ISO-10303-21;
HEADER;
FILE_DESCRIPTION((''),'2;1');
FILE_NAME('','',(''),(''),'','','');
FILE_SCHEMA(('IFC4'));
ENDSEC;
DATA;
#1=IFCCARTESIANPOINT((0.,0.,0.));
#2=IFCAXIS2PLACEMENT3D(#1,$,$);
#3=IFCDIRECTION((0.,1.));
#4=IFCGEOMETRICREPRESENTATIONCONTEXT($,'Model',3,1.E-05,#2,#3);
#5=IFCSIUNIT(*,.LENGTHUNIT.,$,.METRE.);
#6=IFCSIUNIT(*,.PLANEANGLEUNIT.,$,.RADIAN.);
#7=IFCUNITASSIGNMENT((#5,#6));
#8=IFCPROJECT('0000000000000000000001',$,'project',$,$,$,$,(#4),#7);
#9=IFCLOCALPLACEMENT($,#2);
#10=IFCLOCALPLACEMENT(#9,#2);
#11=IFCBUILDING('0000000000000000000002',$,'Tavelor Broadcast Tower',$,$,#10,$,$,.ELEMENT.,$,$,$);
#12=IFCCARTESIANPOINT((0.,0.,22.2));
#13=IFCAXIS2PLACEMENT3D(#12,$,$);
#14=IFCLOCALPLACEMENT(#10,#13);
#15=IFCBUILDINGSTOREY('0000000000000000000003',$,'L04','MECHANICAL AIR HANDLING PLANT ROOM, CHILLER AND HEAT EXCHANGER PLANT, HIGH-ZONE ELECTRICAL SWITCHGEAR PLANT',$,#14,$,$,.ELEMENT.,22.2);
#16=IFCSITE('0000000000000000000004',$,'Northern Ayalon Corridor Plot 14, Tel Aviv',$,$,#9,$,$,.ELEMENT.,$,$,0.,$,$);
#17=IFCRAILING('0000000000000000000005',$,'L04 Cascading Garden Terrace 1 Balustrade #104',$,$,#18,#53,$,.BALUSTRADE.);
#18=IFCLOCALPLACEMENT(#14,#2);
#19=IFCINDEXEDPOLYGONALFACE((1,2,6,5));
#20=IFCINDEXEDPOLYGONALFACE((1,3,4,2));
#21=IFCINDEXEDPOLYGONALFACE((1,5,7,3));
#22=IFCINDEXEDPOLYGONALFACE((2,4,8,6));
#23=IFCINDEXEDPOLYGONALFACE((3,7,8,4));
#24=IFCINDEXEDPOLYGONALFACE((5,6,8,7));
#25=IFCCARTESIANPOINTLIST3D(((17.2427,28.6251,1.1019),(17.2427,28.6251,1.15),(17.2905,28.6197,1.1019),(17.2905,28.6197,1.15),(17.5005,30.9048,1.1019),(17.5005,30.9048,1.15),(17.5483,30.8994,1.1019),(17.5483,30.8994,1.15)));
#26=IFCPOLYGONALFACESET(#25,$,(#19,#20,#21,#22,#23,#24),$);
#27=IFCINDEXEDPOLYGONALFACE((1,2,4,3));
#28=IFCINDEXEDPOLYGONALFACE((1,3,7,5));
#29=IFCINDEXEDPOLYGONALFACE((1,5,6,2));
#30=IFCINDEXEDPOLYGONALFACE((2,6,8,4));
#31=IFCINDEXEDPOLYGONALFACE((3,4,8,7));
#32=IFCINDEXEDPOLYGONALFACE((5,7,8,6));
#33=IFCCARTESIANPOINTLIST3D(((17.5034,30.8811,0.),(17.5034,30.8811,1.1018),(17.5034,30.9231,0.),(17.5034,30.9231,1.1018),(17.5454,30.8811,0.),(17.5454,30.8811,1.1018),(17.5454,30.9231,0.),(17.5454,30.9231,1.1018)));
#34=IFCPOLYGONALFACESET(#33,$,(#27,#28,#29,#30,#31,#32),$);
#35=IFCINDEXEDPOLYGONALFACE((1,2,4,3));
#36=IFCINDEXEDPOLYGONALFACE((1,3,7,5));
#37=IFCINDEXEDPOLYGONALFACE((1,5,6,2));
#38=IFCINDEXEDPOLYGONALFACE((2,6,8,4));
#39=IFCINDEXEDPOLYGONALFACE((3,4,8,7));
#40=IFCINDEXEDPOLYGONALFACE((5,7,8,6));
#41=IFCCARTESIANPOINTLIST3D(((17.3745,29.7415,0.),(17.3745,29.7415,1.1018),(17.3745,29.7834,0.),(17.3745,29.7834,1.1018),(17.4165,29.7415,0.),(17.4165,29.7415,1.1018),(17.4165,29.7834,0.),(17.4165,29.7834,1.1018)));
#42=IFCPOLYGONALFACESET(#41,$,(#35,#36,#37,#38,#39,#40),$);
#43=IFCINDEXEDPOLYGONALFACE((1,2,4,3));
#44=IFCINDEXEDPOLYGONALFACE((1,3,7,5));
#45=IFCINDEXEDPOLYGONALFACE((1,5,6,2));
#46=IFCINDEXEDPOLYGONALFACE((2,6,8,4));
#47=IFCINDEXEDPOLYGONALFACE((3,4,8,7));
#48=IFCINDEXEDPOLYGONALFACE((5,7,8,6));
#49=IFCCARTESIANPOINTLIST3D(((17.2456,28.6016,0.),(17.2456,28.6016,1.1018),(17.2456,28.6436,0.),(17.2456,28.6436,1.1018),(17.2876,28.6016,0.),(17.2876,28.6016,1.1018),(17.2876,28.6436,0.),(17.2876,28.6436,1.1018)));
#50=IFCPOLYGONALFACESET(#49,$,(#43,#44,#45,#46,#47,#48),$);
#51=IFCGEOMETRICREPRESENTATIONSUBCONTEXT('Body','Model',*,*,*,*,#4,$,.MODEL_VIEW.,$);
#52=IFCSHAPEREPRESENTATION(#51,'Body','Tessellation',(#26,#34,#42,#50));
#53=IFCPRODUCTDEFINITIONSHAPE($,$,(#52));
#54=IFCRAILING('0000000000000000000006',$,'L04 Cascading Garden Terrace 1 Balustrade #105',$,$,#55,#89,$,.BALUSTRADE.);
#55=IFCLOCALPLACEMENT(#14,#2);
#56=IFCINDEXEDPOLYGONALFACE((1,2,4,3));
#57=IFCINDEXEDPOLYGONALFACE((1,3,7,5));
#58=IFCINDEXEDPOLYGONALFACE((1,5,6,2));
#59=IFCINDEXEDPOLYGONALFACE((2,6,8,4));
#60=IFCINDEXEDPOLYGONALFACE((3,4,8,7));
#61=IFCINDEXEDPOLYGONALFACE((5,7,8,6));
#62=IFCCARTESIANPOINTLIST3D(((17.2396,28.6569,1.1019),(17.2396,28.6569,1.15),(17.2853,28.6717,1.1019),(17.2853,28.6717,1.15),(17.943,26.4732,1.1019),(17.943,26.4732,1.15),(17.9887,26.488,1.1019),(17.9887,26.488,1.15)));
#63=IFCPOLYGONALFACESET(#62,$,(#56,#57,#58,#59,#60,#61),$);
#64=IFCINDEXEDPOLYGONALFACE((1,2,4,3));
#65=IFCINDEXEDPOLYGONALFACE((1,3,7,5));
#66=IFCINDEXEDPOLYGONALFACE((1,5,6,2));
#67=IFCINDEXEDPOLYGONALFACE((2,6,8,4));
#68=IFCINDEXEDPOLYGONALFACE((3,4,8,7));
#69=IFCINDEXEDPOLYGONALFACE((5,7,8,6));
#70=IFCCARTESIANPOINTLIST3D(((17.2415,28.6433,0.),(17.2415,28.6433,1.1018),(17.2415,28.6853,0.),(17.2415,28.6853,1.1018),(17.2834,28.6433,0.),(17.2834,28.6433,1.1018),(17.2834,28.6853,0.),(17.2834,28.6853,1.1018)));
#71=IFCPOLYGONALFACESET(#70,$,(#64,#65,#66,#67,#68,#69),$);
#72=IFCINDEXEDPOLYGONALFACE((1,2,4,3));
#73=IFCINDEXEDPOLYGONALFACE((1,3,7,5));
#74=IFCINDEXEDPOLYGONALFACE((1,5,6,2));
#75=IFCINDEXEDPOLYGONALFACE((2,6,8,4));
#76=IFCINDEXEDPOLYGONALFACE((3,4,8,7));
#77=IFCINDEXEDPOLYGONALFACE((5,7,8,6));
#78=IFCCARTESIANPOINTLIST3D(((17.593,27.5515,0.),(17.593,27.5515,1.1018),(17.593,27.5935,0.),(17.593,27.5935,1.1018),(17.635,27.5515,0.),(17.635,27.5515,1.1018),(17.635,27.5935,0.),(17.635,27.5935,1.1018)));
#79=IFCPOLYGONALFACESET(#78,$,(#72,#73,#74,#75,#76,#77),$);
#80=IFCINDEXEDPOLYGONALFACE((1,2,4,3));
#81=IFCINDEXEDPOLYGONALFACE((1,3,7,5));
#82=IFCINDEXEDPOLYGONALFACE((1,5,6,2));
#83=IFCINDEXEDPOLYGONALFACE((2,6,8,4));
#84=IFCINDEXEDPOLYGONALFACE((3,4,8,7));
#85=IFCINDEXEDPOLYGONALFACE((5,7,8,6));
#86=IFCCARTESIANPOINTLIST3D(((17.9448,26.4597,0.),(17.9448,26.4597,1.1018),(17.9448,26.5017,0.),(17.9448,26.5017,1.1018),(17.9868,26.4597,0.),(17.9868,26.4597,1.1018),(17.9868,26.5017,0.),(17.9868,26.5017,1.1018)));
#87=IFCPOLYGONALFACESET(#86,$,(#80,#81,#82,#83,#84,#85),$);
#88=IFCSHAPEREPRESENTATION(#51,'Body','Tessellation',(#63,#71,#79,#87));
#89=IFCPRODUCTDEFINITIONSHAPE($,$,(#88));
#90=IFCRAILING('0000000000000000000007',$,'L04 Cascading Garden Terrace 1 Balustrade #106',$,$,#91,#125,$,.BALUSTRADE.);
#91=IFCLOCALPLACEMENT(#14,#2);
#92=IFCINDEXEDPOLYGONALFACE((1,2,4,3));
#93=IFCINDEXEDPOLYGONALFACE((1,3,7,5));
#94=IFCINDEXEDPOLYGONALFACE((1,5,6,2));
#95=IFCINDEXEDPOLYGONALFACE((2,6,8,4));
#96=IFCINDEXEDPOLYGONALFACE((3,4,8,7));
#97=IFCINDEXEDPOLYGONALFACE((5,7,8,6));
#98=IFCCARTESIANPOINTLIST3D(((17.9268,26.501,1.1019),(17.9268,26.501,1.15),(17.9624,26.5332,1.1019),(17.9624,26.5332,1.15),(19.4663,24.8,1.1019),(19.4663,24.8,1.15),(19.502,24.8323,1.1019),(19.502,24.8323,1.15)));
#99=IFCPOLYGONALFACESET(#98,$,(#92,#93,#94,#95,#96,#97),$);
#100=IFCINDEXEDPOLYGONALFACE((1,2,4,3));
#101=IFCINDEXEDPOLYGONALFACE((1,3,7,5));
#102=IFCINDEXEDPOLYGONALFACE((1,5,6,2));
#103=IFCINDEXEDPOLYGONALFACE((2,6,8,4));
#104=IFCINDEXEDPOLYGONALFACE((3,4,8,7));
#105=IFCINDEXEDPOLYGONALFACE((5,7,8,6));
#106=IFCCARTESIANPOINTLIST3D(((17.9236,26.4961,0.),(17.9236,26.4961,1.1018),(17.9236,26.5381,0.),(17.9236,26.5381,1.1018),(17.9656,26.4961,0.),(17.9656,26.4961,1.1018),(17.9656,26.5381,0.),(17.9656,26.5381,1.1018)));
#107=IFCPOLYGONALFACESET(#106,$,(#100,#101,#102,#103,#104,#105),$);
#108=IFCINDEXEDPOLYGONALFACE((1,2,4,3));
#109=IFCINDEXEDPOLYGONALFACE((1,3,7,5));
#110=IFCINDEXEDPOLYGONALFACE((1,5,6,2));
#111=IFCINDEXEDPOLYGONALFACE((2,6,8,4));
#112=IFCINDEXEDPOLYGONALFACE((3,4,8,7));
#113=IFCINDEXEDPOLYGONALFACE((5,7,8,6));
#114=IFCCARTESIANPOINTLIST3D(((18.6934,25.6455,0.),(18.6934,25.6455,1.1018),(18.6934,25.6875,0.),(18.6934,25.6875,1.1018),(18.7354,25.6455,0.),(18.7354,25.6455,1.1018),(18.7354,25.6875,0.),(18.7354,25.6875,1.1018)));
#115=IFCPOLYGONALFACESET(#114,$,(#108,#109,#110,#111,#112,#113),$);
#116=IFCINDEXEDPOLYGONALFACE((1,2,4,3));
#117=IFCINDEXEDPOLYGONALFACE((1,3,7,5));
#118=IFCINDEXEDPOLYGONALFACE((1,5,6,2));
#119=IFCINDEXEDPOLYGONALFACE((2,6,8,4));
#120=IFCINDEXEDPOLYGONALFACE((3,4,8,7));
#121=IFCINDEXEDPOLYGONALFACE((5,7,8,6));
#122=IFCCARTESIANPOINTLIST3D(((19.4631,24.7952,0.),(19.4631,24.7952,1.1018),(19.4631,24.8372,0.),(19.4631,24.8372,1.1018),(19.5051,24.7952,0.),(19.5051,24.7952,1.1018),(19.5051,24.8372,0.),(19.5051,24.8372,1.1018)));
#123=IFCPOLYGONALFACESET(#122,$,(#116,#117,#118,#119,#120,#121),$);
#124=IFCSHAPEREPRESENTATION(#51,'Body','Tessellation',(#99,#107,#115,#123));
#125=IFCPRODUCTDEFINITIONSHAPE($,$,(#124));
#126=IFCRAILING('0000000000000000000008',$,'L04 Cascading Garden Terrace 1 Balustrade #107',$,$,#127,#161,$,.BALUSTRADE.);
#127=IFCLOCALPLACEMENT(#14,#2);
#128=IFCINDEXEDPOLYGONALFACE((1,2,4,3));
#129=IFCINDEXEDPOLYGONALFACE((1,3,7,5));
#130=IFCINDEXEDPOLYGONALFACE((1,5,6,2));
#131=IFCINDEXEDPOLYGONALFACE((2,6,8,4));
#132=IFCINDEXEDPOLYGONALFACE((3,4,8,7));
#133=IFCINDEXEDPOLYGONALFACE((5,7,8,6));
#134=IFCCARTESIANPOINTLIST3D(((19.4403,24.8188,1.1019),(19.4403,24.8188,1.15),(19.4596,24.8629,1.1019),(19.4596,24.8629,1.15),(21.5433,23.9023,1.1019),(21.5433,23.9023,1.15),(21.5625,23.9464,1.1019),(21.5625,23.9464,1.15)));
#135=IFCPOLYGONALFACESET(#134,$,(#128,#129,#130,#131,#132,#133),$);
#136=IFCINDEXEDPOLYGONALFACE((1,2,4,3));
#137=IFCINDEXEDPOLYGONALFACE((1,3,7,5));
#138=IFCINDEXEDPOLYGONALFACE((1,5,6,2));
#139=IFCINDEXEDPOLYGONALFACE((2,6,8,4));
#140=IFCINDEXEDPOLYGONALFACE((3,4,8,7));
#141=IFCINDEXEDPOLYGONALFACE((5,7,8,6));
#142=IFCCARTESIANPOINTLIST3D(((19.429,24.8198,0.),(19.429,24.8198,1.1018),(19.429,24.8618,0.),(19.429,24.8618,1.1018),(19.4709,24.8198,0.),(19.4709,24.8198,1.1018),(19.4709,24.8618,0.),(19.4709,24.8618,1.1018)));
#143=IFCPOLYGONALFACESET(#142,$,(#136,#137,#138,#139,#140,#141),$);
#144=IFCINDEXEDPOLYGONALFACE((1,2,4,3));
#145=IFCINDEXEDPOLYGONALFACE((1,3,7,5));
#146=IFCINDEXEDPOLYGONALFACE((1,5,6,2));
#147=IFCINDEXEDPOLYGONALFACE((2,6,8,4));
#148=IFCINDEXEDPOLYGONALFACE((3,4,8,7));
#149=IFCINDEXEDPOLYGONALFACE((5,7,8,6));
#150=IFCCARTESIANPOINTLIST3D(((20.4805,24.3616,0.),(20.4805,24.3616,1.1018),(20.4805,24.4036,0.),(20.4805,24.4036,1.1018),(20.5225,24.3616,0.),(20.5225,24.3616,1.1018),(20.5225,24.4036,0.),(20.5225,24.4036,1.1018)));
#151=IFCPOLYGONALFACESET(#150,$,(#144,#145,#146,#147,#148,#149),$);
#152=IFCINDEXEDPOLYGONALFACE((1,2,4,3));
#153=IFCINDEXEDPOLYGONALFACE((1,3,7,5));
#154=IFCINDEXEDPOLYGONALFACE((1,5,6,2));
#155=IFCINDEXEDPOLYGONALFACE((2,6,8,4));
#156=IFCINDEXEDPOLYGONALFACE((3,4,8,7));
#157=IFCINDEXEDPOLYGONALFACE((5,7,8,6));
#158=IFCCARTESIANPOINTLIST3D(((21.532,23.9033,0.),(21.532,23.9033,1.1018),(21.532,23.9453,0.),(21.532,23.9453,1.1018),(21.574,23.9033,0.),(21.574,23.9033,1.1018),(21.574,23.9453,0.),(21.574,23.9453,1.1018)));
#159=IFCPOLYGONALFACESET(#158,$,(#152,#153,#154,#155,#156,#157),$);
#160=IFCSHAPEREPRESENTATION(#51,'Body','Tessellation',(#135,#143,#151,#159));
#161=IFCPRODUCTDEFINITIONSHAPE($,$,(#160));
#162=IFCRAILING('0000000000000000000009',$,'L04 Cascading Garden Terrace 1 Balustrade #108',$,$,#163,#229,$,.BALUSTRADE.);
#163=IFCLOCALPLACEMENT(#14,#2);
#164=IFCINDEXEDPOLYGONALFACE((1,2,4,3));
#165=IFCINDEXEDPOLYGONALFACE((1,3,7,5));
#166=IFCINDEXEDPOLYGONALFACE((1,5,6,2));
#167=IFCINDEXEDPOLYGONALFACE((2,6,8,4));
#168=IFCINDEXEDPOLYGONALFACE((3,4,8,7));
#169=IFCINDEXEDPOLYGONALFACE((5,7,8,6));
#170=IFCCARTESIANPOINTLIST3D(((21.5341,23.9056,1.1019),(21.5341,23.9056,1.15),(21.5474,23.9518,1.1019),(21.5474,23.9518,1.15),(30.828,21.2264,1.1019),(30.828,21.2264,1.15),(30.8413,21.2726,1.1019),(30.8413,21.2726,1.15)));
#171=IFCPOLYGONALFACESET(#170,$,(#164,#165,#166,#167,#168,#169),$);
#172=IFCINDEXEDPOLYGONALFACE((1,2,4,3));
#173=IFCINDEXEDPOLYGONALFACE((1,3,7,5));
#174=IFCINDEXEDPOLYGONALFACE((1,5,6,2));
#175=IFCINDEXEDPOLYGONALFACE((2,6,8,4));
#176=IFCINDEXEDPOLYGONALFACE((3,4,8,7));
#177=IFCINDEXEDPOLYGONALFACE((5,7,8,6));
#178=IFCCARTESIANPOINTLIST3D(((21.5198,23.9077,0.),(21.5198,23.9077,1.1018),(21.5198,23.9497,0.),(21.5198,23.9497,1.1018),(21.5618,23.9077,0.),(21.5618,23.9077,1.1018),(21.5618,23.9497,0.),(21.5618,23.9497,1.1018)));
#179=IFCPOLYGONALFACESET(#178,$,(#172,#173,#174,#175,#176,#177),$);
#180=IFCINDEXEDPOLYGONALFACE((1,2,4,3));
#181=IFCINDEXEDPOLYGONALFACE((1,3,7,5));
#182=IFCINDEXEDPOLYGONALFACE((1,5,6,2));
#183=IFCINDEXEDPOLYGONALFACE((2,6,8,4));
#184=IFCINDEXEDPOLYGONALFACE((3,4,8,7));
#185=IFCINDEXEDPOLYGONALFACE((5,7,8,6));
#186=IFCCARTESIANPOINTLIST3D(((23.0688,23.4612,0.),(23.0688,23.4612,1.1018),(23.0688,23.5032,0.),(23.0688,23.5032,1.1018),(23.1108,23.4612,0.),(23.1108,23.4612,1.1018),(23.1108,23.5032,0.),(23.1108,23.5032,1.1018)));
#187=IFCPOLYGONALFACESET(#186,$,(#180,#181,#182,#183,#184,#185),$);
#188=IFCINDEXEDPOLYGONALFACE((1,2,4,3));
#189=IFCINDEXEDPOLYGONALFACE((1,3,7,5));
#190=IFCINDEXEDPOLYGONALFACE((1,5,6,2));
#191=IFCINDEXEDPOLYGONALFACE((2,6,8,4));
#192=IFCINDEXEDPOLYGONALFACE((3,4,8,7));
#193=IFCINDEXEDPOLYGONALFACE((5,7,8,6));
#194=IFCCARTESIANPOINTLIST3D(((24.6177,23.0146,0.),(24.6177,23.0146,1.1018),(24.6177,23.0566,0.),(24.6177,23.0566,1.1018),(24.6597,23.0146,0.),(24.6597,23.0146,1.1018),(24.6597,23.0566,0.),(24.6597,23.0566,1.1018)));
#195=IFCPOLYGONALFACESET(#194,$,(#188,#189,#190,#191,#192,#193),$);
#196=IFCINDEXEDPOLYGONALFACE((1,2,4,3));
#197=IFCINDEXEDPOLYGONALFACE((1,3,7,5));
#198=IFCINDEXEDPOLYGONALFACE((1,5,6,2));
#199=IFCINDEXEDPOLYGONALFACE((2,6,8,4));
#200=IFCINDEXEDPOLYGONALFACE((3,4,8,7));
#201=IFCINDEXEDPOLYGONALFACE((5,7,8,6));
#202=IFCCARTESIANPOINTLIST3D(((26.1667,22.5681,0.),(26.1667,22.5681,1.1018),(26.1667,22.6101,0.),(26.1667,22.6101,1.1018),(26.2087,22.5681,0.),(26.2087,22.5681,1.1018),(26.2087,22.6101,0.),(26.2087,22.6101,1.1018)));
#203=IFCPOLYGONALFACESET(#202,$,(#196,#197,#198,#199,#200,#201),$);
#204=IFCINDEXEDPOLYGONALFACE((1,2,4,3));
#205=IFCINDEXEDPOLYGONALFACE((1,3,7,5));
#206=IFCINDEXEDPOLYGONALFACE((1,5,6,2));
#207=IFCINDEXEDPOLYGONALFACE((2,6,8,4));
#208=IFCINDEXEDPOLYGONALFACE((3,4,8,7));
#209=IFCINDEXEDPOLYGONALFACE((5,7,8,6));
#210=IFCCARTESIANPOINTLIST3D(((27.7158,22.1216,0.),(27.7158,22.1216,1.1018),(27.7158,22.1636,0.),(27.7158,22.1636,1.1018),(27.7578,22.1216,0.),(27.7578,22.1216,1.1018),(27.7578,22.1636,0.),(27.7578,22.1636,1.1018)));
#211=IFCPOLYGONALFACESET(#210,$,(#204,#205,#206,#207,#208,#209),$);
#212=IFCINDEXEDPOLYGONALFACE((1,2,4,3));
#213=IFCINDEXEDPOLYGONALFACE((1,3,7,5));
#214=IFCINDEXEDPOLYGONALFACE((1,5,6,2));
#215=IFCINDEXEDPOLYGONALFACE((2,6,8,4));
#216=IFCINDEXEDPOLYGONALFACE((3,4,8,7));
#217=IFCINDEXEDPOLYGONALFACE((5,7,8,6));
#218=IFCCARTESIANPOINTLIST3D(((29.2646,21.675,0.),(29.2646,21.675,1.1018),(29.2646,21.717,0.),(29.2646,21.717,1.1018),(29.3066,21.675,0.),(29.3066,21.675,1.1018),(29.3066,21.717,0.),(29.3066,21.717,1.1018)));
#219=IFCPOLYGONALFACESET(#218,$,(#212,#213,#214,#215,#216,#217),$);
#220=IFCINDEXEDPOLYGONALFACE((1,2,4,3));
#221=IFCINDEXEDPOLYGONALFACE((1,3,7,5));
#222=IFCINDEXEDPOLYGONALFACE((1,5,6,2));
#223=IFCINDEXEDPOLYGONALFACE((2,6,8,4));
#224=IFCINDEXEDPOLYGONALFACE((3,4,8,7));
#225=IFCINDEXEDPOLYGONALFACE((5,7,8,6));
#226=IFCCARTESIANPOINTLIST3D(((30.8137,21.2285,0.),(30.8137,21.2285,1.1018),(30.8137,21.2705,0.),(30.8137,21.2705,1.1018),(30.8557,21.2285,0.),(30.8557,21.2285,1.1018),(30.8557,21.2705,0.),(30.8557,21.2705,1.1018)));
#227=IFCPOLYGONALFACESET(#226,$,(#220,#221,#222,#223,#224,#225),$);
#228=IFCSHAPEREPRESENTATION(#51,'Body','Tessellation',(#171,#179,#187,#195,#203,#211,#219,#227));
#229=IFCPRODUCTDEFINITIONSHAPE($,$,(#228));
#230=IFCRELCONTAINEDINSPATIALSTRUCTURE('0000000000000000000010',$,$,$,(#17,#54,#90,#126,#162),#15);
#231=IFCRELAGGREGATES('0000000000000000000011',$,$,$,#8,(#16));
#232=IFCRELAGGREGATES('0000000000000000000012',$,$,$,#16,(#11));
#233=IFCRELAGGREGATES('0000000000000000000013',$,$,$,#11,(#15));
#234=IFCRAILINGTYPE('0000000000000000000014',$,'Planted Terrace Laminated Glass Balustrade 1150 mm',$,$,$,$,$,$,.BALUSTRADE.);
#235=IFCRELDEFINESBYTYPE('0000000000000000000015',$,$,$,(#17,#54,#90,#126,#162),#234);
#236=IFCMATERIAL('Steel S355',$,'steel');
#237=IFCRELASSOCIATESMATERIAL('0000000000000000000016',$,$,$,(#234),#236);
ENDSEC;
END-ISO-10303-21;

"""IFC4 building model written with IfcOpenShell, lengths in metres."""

from ifc_helpers import new_model, si_unit, direction, frame, origin, origin_2d, place, context, subcontext, project, spatial, rectangle, extrude, material, type_object, element, save


model = new_model("IFC4")

# Units and contexts
model_context = context("Model", 3, precision=1e-05, world=origin(), true_north=direction((0.0, 1.0)))
body_context = subcontext(model_context, "Body", "Model", "MODEL_VIEW")
ifc_project = project(units=[si_unit("LENGTHUNIT", "METRE"), si_unit("PLANEANGLEUNIT", "RADIAN")], contexts=[model_context])

# Site, building, storey
site_placement = place(None, origin())
site = spatial("IfcSite", under=ifc_project, at=site_placement, Name="Northern Ayalon Corridor Plot 14, Tel Aviv", CompositionType="ELEMENT", RefElevation=0.0)
building_placement = place(site_placement, origin())
building = spatial("IfcBuilding", under=site, at=building_placement, Name="Tavelor Broadcast Tower", CompositionType="ELEMENT")
storey_placement = place(building_placement, frame((0.0, 0.0, 22.2)))
storey = spatial("IfcBuildingStorey", under=building, at=storey_placement, Name="L04", Description="MECHANICAL AIR HANDLING PLANT ROOM, CHILLER AND HEAT EXCHANGER PLANT, HIGH-ZONE ELECTRICAL SWITCHGEAR PLANT", CompositionType="ELEMENT", Elevation=22.2)

# Railings
ifc_material_1 = material(Name="Steel S355", Category="steel")
railing_type = type_object("IfcRailingType", Name="Planted Terrace Laminated Glass Balustrade 1150 mm", PredefinedType="BALUSTRADE", material=ifc_material_1)
railing_1_placement = place(storey_placement, frame((17.5244, 30.9021, 0.0)))
element("IfcRailing", 1, at=railing_1_placement, inside=storey, type_object=railing_type, Name="L04 Cascading Garden Terrace 1 Balustrade #104", PredefinedType="BALUSTRADE", context=body_context, shape_type="SweptSolid", body=[
    extrude(rectangle(XDim=0.0481, YDim=0.0481, at=origin_2d()), frame((0.0, 0.0, 1.126), z_axis=(-0.112382, -0.993665, 0.0), x_axis=(0.993665, -0.112382, 0.0)), (0.0, 0.0, 1.0), 2.2942),
    extrude(rectangle(XDim=0.042, YDim=0.042, at=origin_2d()), origin(), (0.0, 0.0, 1.0), 1.1018),
    extrude(rectangle(XDim=0.042, YDim=0.042, at=origin_2d()), frame((-0.1289, -1.1396, 0.0)), (0.0, 0.0, 1.0), 1.1018),
    extrude(rectangle(XDim=0.042, YDim=0.042, at=origin_2d()), frame((-0.2578, -2.2795, 0.0)), (0.0, 0.0, 1.0), 1.1018),
])
railing_2_placement = place(storey_placement, frame((17.2625, 28.6643, 0.0)))
element("IfcRailing", 2, at=railing_2_placement, inside=storey, type_object=railing_type, Name="L04 Cascading Garden Terrace 1 Balustrade #105", PredefinedType="BALUSTRADE", context=body_context, shape_type="SweptSolid", body=[
    extrude(rectangle(XDim=0.0481, YDim=0.0481, at=origin_2d()), frame((0.0, 0.0, 1.126), z_axis=(0.306602, -0.951838, 0.0), x_axis=(0.951838, 0.306602, 0.0)), (0.0, 0.0, 1.0), 2.2942),
    extrude(rectangle(XDim=0.042, YDim=0.042, at=origin_2d()), origin(), (0.0, 0.0, 1.0), 1.1018),
    extrude(rectangle(XDim=0.042, YDim=0.042, at=origin_2d()), frame((0.3516, -1.0918, 0.0)), (0.0, 0.0, 1.0), 1.1018),
    extrude(rectangle(XDim=0.042, YDim=0.042, at=origin_2d()), frame((0.7034, -2.1836, 0.0)), (0.0, 0.0, 1.0), 1.1018),
])
railing_3_placement = place(storey_placement, frame((17.9446, 26.5171, 0.0)))
element("IfcRailing", 3, at=railing_3_placement, inside=storey, type_object=railing_type, Name="L04 Cascading Garden Terrace 1 Balustrade #106", PredefinedType="BALUSTRADE", context=body_context, shape_type="SweptSolid", body=[
    extrude(rectangle(XDim=0.0481, YDim=0.0481, at=origin_2d()), frame((0.0, 0.0, 1.126), z_axis=(0.671061, -0.741402, 0.0), x_axis=(0.741402, 0.671061, 0.0)), (0.0, 0.0, 1.0), 2.2942),
    extrude(rectangle(XDim=0.042, YDim=0.042, at=origin_2d()), origin(), (0.0, 0.0, 1.0), 1.1018),
    extrude(rectangle(XDim=0.042, YDim=0.042, at=origin_2d()), frame((0.7698, -0.8506, 0.0)), (0.0, 0.0, 1.0), 1.1018),
    extrude(rectangle(XDim=0.042, YDim=0.042, at=origin_2d()), frame((1.5396, -1.7009, 0.0)), (0.0, 0.0, 1.0), 1.1018),
])
railing_4_placement = place(storey_placement, frame((19.45, 24.8408, 0.0)))
element("IfcRailing", 4, at=railing_4_placement, inside=storey, type_object=railing_type, Name="L04 Cascading Garden Terrace 1 Balustrade #107", PredefinedType="BALUSTRADE", context=body_context, shape_type="SweptSolid", body=[
    extrude(rectangle(XDim=0.0481, YDim=0.0481, at=origin_2d()), frame((0.0, 0.0, 1.126), z_axis=(0.916728, -0.399512, 0.0), x_axis=(0.399512, 0.916728, 0.0)), (0.0, 0.0, 1.0), 2.2939),
    extrude(rectangle(XDim=0.042, YDim=0.042, at=origin_2d()), origin(), (0.0, 0.0, 1.0), 1.1018),
    extrude(rectangle(XDim=0.042, YDim=0.042, at=origin_2d()), frame((1.0515, -0.4583, 0.0)), (0.0, 0.0, 1.0), 1.1018),
    extrude(rectangle(XDim=0.042, YDim=0.042, at=origin_2d()), frame((2.103, -0.9165, 0.0)), (0.0, 0.0, 1.0), 1.1018),
])
railing_5_placement = place(storey_placement, frame((21.5408, 23.9287, 0.0)))
element("IfcRailing", 5, at=railing_5_placement, inside=storey, type_object=railing_type, Name="L04 Cascading Garden Terrace 1 Balustrade #108", PredefinedType="BALUSTRADE", context=body_context, shape_type="SweptSolid", body=[
    extrude(rectangle(XDim=0.0481, YDim=0.0481, at=origin_2d()), frame((0.0, 0.0, 1.126), z_axis=(0.960872, -0.276994, 0.0), x_axis=(0.276994, 0.960872, 0.0)), (0.0, 0.0, 1.0), 9.6724),
    extrude(rectangle(XDim=0.042, YDim=0.042, at=origin_2d()), origin(), (0.0, 0.0, 1.0), 1.1018),
    extrude(rectangle(XDim=0.042, YDim=0.042, at=origin_2d()), frame((1.5491, -0.4465, 0.0)), (0.0, 0.0, 1.0), 1.1018),
    extrude(rectangle(XDim=0.042, YDim=0.042, at=origin_2d()), frame((3.0979, -0.8931, 0.0)), (0.0, 0.0, 1.0), 1.1018),
    extrude(rectangle(XDim=0.042, YDim=0.042, at=origin_2d()), frame((4.647, -1.3396, 0.0)), (0.0, 0.0, 1.0), 1.1018),
    extrude(rectangle(XDim=0.042, YDim=0.042, at=origin_2d()), frame((6.196, -1.7861, 0.0)), (0.0, 0.0, 1.0), 1.1018),
    extrude(rectangle(XDim=0.042, YDim=0.042, at=origin_2d()), frame((7.7449, -2.2327, 0.0)), (0.0, 0.0, 1.0), 1.1018),
    extrude(rectangle(XDim=0.042, YDim=0.042, at=origin_2d()), frame((9.2939, -2.6792, 0.0)), (0.0, 0.0, 1.0), 1.1018),
])

save(model, "model.ifc")
